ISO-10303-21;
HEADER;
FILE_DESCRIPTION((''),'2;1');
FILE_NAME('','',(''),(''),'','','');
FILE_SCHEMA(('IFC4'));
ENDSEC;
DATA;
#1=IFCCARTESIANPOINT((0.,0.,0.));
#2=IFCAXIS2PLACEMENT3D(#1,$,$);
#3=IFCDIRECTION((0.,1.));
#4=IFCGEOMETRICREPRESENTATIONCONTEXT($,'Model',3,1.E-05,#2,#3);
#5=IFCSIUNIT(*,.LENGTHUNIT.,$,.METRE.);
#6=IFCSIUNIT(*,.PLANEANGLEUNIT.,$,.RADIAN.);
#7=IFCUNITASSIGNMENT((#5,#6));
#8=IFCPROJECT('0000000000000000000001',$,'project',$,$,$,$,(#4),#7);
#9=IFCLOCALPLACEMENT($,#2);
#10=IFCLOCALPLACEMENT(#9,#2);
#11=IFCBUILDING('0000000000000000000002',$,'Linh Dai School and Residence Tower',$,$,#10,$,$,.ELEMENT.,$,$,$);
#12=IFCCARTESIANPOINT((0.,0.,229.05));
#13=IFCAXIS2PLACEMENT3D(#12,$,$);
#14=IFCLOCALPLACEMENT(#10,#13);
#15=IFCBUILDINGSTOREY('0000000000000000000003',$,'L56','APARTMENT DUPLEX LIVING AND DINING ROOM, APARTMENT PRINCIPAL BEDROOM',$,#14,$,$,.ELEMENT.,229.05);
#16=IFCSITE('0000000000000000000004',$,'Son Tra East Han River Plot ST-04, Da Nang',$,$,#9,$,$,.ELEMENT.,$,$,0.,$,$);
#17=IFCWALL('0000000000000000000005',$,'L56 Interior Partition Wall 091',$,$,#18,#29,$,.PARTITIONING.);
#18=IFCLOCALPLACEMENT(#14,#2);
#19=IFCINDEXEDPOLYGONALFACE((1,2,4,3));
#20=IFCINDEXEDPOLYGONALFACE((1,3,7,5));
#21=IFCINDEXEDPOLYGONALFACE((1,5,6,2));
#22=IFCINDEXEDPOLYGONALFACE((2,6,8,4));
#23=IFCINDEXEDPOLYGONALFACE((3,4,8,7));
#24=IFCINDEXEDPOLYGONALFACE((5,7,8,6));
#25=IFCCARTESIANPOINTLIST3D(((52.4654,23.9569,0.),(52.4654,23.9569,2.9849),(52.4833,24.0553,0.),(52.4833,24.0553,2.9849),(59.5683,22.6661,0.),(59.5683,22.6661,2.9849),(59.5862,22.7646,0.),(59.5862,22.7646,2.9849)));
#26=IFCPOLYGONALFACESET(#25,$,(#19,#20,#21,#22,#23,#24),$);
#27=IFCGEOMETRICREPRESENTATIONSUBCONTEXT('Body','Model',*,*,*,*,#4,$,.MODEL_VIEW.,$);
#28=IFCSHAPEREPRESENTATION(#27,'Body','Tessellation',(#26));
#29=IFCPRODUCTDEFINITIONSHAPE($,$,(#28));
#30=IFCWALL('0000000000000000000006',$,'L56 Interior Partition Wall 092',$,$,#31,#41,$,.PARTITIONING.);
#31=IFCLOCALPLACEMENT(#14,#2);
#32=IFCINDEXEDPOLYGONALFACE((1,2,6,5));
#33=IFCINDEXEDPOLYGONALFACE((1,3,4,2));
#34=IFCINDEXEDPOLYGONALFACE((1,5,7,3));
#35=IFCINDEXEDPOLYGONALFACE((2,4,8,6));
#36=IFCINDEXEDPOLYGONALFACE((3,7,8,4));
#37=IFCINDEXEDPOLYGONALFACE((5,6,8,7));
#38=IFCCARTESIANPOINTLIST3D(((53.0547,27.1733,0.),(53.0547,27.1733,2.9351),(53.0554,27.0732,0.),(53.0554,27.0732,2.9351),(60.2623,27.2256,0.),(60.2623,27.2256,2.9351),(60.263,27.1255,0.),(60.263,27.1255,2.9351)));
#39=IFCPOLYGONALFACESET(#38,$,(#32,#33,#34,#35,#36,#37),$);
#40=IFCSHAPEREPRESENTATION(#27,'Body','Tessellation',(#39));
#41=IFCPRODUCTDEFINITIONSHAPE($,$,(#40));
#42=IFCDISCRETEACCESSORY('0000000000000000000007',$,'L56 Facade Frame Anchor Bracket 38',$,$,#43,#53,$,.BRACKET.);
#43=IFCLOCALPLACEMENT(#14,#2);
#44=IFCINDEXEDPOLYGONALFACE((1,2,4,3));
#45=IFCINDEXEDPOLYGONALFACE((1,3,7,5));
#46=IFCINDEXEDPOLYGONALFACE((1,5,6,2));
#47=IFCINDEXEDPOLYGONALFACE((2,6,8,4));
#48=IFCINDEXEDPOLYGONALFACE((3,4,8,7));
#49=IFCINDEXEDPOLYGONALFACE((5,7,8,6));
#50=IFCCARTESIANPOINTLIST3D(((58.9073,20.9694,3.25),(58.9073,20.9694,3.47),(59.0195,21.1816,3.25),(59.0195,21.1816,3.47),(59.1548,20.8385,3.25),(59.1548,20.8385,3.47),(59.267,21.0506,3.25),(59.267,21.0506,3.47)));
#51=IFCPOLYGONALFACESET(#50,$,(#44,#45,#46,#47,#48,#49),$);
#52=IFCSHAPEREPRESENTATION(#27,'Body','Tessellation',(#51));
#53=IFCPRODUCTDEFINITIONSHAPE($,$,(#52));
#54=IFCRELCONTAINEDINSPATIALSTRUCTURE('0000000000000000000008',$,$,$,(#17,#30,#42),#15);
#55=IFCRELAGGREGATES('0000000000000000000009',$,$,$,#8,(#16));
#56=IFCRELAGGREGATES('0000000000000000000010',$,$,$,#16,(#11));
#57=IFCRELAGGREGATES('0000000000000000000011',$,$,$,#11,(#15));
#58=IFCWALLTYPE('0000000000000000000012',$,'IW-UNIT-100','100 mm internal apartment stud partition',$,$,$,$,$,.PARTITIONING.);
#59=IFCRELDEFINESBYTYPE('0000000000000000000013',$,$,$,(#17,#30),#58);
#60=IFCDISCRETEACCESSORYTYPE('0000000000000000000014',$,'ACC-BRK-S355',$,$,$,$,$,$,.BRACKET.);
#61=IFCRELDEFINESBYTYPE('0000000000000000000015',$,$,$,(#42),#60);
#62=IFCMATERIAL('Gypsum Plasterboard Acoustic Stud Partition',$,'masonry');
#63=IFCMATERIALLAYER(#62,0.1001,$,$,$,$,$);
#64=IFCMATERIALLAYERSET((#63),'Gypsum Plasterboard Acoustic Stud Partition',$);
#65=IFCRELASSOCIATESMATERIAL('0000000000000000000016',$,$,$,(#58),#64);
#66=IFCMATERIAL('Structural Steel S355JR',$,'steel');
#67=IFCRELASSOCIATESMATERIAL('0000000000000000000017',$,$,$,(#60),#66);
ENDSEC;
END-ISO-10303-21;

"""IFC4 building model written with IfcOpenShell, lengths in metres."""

from ifc_helpers import new_model, si_unit, direction, frame, frame_2d, origin, origin_2d, place, context, subcontext, project, spatial, rectangle, extrude, source, transform, mapped, material, layer, layer_set, type_object, element, save


model = new_model("IFC4")

# Units and contexts
model_context = context("Model", 3, precision=1e-05, world=origin(), true_north=direction((0.0, 1.0)))
body_context = subcontext(model_context, "Body", "Model", "MODEL_VIEW")
ifc_project = project(units=[si_unit("LENGTHUNIT", "METRE"), si_unit("PLANEANGLEUNIT", "RADIAN")], contexts=[model_context])

# Site, building, storey
site_placement = place(None, origin())
site = spatial("IfcSite", under=ifc_project, at=site_placement, Name="Son Tra East Han River Plot ST-04, Da Nang", CompositionType="ELEMENT", RefElevation=0.0)
building_placement = place(site_placement, origin())
building = spatial("IfcBuilding", under=site, at=building_placement, Name="Linh Dai School and Residence Tower", CompositionType="ELEMENT")
storey_placement = place(building_placement, frame((0.0, 0.0, 229.05)))
storey = spatial("IfcBuildingStorey", under=building, at=storey_placement, Name="L56", Description="APARTMENT DUPLEX LIVING AND DINING ROOM, APARTMENT PRINCIPAL BEDROOM", CompositionType="ELEMENT", Elevation=229.05)

# Shared definitions
ifc_material_1 = material(Name="Structural Steel S355JR", Category="steel")

# Shared definitions
ifc_material_2 = material(Name="Gypsum Plasterboard Acoustic Stud Partition", Category="masonry")
ifc_layer_1 = layer(ifc_material_2, 0.1001)
ifc_layer_set_1 = layer_set([ifc_layer_1], Name="Gypsum Plasterboard Acoustic Stud Partition")
wall_type_1 = type_object("IfcWallType", Name="IW-UNIT-100", Description="100 mm internal apartment stud partition", PredefinedType="PARTITIONING", material=ifc_layer_set_1)

# Walls
wall_1_placement = place(storey_placement, frame((52.4744, 24.0061, 0.0), z_axis=(0.0, 0.0, 1.0), x_axis=(0.983887, -0.178793, 0.0)))
element("IfcWall", 1, at=wall_1_placement, inside=storey, type_object=wall_type_1, Name="L56 Interior Partition Wall 091", PredefinedType="PARTITIONING", context=body_context, shape_type="SweptSolid", body=[
    extrude(rectangle(XDim=7.2192, YDim=0.1001, at=frame_2d((3.6096, 0.0))), origin(), (0.0, 0.0, 1.0), 2.9849),
])
wall_2_placement = place(storey_placement, frame((53.0549, 27.1233, 0.0), z_axis=(0.0, 0.0, 1.0), x_axis=(0.999974, 0.007249, 0.0)))
element("IfcWall", 2, at=wall_2_placement, inside=storey, type_object=wall_type_1, Name="L56 Interior Partition Wall 092", PredefinedType="PARTITIONING", context=body_context, shape_type="SweptSolid", body=[
    extrude(rectangle(XDim=7.2078, YDim=0.1001, at=frame_2d((3.604, 0.0))), origin(), (0.0, 0.0, 1.0), 2.9351),
])

# Discrete accessory
discrete_accessory_type = type_object("IfcDiscreteAccessoryType", Name="ACC-BRK-S355", PredefinedType="BRACKET", material=ifc_material_1)
shared_shape_1 = source(origin(), body_context, "Body", "SweptSolid", [
    extrude(rectangle(XDim=0.28, YDim=0.24, at=origin_2d()), origin(), (0.0, 0.0, 1.0), 0.22),
])
discrete_accessory_placement = place(storey_placement, frame((59.0872, 21.01, 3.25), z_axis=(0.0, 0.0, 1.0), x_axis=(0.883929, -0.467621, 0.0)))
element("IfcDiscreteAccessory", 3, at=discrete_accessory_placement, inside=storey, type_object=discrete_accessory_type, Name="L56 Facade Frame Anchor Bracket 38", PredefinedType="BRACKET", context=body_context, shape_type="MappedRepresentation", body=[
    mapped(shared_shape_1, transform((0.0, 0.0, 0.0), x_axis=(1.0, 0.0, 0.0), y_axis=(0.0, 1.0, 0.0), z_axis=(0.0, 0.0, 1.0), scale=1.0)),
])

save(model, "model.ifc")
